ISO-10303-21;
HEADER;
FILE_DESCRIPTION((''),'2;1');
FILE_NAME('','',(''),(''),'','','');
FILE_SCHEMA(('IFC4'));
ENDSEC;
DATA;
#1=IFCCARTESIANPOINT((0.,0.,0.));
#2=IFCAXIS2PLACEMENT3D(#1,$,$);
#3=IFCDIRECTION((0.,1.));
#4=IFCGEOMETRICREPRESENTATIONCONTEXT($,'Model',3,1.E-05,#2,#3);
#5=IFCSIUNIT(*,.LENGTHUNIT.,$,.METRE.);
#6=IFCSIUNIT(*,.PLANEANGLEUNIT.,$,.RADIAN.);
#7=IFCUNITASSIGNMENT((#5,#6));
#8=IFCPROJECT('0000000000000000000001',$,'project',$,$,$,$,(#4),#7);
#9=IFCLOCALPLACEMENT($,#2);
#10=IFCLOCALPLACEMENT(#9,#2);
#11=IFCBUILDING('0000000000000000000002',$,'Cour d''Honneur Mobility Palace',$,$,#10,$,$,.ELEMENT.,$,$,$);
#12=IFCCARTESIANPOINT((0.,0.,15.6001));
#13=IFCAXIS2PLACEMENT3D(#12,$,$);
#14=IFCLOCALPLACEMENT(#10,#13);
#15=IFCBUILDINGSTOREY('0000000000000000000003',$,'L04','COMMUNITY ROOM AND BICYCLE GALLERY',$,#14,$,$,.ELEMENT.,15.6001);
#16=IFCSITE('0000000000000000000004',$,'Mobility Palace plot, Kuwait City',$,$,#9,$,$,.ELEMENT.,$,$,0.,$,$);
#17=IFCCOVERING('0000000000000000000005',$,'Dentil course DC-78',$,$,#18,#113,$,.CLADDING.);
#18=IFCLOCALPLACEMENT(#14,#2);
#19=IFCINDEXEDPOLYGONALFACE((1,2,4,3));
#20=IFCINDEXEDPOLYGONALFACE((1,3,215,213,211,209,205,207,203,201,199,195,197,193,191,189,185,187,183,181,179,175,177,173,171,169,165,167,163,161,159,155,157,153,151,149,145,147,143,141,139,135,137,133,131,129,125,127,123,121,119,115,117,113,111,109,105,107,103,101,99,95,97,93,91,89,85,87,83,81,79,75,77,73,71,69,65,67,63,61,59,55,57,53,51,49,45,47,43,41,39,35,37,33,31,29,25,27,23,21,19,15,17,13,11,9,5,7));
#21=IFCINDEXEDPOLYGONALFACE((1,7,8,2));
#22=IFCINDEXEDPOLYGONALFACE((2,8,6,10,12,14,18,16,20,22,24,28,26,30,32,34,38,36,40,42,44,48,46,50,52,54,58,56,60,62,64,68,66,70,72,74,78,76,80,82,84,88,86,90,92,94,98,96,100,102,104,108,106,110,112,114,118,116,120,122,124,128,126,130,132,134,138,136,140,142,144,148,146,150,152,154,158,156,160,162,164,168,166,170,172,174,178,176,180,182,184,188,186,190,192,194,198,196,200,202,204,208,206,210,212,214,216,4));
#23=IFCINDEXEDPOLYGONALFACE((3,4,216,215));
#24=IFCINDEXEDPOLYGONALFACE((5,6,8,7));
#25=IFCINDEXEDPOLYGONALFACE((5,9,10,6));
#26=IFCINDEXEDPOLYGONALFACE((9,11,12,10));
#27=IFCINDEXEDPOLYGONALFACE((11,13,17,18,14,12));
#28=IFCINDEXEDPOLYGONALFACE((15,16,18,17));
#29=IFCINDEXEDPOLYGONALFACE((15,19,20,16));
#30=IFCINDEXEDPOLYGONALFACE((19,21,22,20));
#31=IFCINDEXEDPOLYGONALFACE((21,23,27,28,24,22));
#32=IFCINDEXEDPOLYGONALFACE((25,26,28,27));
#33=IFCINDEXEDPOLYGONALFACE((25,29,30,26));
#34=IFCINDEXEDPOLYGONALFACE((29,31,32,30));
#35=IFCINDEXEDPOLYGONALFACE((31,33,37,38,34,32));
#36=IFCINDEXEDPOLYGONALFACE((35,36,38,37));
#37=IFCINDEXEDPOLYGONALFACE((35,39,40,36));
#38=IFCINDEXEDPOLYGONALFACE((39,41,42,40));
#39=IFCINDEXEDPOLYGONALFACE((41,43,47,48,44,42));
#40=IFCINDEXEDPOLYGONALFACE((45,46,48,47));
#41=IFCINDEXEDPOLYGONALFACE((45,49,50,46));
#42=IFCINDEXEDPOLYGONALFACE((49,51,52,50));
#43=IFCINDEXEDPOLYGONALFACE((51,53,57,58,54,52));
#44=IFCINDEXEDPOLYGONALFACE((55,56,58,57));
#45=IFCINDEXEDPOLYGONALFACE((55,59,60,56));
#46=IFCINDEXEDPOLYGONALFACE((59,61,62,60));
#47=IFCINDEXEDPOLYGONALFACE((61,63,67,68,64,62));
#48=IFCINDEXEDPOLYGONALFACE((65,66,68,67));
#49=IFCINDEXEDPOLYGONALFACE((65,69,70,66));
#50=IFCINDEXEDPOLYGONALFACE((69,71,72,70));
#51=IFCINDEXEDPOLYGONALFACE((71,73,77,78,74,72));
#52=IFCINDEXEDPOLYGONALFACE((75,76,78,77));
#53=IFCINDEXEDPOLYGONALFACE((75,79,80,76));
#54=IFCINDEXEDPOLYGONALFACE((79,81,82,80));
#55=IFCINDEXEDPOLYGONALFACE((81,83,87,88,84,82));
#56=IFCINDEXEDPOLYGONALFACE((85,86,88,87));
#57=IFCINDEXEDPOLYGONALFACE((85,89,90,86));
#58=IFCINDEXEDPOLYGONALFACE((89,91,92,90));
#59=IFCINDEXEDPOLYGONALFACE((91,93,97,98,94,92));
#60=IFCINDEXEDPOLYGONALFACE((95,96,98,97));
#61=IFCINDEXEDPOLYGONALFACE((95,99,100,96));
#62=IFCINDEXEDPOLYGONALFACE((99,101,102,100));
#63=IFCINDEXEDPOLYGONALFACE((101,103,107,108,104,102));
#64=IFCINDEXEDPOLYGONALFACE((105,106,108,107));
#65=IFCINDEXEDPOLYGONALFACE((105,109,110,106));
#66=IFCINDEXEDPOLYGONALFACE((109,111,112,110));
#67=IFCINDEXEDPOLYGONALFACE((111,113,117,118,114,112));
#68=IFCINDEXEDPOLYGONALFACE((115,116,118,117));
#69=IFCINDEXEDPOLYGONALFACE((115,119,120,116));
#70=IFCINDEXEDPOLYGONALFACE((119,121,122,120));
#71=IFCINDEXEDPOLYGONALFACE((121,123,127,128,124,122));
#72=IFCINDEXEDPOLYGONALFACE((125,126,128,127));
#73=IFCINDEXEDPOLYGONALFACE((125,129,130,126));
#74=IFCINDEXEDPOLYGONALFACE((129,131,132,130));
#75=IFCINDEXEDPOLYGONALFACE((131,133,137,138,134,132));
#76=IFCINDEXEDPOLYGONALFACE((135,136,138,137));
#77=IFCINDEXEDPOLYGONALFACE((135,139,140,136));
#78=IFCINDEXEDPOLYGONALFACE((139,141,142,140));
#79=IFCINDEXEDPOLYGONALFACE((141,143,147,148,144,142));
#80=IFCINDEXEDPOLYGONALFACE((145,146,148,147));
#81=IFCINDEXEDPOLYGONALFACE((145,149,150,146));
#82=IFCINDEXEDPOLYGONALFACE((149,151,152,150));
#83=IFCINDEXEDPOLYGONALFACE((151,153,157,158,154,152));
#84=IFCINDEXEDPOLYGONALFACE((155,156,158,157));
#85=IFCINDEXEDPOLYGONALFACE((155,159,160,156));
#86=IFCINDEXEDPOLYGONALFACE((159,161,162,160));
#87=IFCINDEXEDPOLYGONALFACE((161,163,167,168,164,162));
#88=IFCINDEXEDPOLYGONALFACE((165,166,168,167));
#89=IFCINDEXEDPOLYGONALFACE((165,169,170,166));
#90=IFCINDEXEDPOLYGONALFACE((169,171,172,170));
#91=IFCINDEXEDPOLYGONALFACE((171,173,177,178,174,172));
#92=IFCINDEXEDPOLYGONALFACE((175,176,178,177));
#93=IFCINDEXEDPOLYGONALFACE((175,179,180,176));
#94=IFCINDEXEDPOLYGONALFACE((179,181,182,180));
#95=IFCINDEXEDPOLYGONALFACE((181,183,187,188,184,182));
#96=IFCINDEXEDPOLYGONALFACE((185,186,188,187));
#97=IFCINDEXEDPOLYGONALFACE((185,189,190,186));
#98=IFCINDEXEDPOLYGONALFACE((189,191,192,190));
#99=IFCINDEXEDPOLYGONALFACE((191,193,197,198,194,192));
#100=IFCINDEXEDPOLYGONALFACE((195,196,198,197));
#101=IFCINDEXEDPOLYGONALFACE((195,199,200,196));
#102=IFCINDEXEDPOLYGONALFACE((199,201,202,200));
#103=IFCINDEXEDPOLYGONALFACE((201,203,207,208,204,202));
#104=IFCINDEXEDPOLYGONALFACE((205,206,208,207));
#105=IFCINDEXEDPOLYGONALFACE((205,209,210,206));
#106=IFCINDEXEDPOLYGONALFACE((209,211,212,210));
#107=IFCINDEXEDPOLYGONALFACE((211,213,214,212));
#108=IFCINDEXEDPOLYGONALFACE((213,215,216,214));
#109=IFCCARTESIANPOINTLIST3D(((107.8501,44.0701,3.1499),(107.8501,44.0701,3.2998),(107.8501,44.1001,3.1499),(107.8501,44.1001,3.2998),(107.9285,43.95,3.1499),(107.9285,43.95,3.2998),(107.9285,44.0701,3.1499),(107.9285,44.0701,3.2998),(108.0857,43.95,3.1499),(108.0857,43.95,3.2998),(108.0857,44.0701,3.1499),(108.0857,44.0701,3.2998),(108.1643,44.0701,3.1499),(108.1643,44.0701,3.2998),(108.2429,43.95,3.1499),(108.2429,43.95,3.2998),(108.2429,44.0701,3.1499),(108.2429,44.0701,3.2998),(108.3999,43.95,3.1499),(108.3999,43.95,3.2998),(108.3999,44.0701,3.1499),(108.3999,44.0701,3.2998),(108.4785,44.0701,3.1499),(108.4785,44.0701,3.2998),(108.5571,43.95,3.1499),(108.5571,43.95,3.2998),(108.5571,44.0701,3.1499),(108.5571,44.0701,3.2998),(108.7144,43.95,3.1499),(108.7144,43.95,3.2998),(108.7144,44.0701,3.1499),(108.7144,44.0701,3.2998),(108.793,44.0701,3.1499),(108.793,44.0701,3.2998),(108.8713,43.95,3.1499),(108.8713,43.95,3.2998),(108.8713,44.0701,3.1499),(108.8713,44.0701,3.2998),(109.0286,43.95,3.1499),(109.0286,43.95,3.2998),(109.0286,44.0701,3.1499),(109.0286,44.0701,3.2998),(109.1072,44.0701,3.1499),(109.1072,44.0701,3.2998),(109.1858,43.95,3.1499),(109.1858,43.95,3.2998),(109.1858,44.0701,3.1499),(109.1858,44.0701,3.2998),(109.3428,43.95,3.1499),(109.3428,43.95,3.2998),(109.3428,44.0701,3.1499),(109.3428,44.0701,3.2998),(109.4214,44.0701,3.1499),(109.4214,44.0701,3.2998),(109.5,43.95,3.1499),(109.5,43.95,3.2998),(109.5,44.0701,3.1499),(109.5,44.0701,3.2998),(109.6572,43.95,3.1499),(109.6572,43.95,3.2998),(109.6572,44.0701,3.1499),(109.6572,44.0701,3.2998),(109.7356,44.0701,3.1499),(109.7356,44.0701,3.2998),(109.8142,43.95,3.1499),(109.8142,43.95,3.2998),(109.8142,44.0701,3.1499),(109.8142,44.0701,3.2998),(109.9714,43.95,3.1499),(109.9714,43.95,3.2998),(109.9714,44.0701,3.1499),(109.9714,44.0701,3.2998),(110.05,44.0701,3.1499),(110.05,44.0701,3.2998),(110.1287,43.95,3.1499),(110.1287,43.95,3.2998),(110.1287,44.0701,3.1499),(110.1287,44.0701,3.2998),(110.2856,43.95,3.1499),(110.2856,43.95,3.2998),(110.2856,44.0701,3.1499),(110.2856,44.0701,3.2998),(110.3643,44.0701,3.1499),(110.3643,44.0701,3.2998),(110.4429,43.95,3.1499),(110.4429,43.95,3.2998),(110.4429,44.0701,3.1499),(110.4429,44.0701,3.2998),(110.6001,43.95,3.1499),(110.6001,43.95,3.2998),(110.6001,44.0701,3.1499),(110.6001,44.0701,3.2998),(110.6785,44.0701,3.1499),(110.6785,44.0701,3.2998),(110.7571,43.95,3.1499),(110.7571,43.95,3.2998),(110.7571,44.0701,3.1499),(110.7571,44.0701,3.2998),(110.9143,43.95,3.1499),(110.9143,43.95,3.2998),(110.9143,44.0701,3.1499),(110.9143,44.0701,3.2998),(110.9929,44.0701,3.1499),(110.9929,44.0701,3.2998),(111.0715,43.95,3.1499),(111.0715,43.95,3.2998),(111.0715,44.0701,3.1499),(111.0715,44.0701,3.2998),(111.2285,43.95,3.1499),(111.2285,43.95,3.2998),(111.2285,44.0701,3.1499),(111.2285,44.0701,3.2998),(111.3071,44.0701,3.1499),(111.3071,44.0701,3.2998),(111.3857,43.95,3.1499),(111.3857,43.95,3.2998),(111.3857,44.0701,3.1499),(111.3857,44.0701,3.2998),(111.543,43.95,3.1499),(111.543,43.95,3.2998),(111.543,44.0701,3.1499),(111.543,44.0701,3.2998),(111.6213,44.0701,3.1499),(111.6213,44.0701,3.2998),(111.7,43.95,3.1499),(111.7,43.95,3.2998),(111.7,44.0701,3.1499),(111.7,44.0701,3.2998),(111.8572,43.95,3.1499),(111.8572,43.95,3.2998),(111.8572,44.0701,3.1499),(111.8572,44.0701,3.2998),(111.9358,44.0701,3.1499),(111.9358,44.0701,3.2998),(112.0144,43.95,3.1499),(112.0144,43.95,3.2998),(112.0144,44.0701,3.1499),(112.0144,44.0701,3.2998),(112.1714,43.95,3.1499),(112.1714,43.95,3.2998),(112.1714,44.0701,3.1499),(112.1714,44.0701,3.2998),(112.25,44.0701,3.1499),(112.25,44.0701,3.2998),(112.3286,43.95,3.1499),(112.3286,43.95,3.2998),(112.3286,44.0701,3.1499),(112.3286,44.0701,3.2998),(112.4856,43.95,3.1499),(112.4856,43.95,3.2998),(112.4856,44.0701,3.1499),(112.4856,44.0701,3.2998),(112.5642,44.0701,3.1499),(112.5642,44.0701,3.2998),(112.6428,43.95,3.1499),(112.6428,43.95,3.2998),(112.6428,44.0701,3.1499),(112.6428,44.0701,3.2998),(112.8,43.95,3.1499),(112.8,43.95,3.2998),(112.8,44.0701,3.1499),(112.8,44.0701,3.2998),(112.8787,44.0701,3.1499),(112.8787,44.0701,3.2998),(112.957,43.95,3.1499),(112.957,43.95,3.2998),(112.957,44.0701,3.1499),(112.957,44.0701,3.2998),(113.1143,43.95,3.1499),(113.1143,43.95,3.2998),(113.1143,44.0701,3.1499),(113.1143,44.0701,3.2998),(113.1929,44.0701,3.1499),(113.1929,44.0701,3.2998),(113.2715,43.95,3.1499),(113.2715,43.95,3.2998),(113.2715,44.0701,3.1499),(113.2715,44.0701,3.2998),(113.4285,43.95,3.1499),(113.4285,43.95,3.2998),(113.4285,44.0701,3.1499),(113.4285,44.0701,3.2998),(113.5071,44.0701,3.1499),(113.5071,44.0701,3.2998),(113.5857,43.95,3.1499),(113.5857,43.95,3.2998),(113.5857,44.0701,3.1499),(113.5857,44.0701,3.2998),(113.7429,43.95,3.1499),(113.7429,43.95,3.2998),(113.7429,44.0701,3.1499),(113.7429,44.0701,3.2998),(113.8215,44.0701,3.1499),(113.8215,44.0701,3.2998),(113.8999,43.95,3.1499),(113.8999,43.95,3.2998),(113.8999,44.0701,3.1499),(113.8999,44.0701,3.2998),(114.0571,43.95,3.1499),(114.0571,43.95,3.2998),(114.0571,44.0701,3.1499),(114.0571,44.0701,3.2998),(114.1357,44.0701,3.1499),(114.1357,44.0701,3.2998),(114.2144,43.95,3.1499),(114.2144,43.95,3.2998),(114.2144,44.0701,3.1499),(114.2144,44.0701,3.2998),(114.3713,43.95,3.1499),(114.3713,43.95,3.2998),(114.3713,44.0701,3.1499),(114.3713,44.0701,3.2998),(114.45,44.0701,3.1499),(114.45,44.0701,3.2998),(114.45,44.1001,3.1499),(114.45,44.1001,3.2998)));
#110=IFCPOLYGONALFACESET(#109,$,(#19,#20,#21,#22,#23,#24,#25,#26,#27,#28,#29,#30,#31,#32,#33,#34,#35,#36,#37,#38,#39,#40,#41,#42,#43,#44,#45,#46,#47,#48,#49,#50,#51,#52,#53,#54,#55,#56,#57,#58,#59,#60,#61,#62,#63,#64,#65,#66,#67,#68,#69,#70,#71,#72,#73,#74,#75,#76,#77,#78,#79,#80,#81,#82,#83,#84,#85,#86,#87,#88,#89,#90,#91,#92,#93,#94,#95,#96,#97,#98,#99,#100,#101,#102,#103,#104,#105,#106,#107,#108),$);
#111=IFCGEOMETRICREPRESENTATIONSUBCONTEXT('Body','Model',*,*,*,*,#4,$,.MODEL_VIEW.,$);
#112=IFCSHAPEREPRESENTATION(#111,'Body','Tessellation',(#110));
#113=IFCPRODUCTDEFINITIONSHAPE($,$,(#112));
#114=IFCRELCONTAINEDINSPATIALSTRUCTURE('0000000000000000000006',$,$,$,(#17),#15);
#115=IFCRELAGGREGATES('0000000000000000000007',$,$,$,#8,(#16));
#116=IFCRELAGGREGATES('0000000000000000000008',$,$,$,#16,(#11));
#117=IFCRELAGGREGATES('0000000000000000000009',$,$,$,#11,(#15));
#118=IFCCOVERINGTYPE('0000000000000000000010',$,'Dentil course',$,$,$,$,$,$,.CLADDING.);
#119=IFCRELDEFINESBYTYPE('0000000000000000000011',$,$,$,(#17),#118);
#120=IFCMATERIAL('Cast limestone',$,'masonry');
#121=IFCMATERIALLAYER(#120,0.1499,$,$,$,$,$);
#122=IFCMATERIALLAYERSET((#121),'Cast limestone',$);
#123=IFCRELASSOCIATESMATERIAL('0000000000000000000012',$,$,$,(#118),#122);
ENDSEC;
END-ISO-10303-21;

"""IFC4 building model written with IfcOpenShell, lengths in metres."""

from ifc_helpers import new_model, si_unit, direction, frame, origin, place, context, subcontext, project, spatial, polyline, outline, extrude, material, layer, layer_set, type_object, element, save


model = new_model("IFC4")

# Units and contexts
model_context = context("Model", 3, precision=1e-05, world=origin(), true_north=direction((0.0, 1.0)))
body_context = subcontext(model_context, "Body", "Model", "MODEL_VIEW")
ifc_project = project(units=[si_unit("LENGTHUNIT", "METRE"), si_unit("PLANEANGLEUNIT", "RADIAN")], contexts=[model_context])

# Site, building, storey
site_placement = place(None, origin())
site = spatial("IfcSite", under=ifc_project, at=site_placement, Name="Mobility Palace plot, Kuwait City", CompositionType="ELEMENT", RefElevation=0.0)
building_placement = place(site_placement, origin())
building = spatial("IfcBuilding", under=site, at=building_placement, Name="Cour d'Honneur Mobility Palace", CompositionType="ELEMENT")
storey_placement = place(building_placement, frame((0.0, 0.0, 15.6001)))
storey = spatial("IfcBuildingStorey", under=building, at=storey_placement, Name="L04", Description="COMMUNITY ROOM AND BICYCLE GALLERY", CompositionType="ELEMENT", Elevation=15.6001)

# Covering
ifc_material_1 = material(Name="Cast limestone", Category="masonry")
ifc_layer_1 = layer(ifc_material_1, 0.1499)
ifc_layer_set_1 = layer_set([ifc_layer_1], Name="Cast limestone")
covering_type_1 = type_object("IfcCoveringType", Name="Dentil course", PredefinedType="CLADDING", material=ifc_layer_set_1)
covering_1_placement = place(storey_placement, frame((0.0, 0.0, 3.1499)))
element("IfcCovering", 1, at=covering_1_placement, inside=storey, type_object=covering_type_1, Name="Dentil course DC-78", PredefinedType="CLADDING", context=body_context, shape_type="SweptSolid", body=[
    extrude(outline(polyline([(107.8501, 44.1001), (114.45, 44.1001), (114.45, 44.0701), (114.45, 44.0701), (114.3713, 44.0701), (114.3713, 43.95), (114.2144, 43.95), (114.2144, 44.0701), (114.1357, 44.0701), (114.1357, 44.0701), (114.0571, 44.0701), (114.0571, 43.95), (113.8999, 43.95), (113.8999, 44.0701), (113.8215, 44.0701), (113.8215, 44.0701), (113.7429, 44.0701), (113.7429, 43.95), (113.5857, 43.95), (113.5857, 44.0701), (113.5071, 44.0701), (113.5071, 44.0701), (113.4285, 44.0701), (113.4285, 43.95), (113.2715, 43.95), (113.2715, 44.0701), (113.1929, 44.0701), (113.1929, 44.0701), (113.1143, 44.0701), (113.1143, 43.95), (112.957, 43.95), (112.957, 44.0701), (112.8787, 44.0701), (112.8787, 44.0701), (112.8, 44.0701), (112.8, 43.95), (112.6428, 43.95), (112.6428, 44.0701), (112.5642, 44.0701), (112.5642, 44.0701), (112.4856, 44.0701), (112.4856, 43.95), (112.3286, 43.95), (112.3286, 44.0701), (112.25, 44.0701), (112.25, 44.0701), (112.1714, 44.0701), (112.1714, 43.95), (112.0144, 43.95), (112.0144, 44.0701), (111.9358, 44.0701), (111.9358, 44.0701), (111.8572, 44.0701), (111.8572, 43.95), (111.7, 43.95), (111.7, 44.0701), (111.6213, 44.0701), (111.6213, 44.0701), (111.543, 44.0701), (111.543, 43.95), (111.3857, 43.95), (111.3857, 44.0701), (111.3071, 44.0701), (111.3071, 44.0701), (111.2285, 44.0701), (111.2285, 43.95), (111.0715, 43.95), (111.0715, 44.0701), (110.9929, 44.0701), (110.9929, 44.0701), (110.9143, 44.0701), (110.9143, 43.95), (110.7571, 43.95), (110.7571, 44.0701), (110.6785, 44.0701), (110.6785, 44.0701), (110.6001, 44.0701), (110.6001, 43.95), (110.4429, 43.95), (110.4429, 44.0701), (110.3643, 44.0701), (110.3643, 44.0701), (110.2856, 44.0701), (110.2856, 43.95), (110.1287, 43.95), (110.1287, 44.0701), (110.05, 44.0701), (110.05, 44.0701), (109.9714, 44.0701), (109.9714, 43.95), (109.8142, 43.95), (109.8142, 44.0701), (109.7356, 44.0701), (109.7356, 44.0701), (109.6572, 44.0701), (109.6572, 43.95), (109.5, 43.95), (109.5, 44.0701), (109.4214, 44.0701), (109.4214, 44.0701), (109.3428, 44.0701), (109.3428, 43.95), (109.1858, 43.95), (109.1858, 44.0701), (109.1072, 44.0701), (109.1072, 44.0701), (109.0286, 44.0701), (109.0286, 43.95), (108.8713, 43.95), (108.8713, 44.0701), (108.793, 44.0701), (108.793, 44.0701), (108.7144, 44.0701), (108.7144, 43.95), (108.5571, 43.95), (108.5571, 44.0701), (108.4785, 44.0701), (108.4785, 44.0701), (108.3999, 44.0701), (108.3999, 43.95), (108.2429, 43.95), (108.2429, 44.0701), (108.1643, 44.0701), (108.1643, 44.0701), (108.0857, 44.0701), (108.0857, 43.95), (107.9285, 43.95), (107.9285, 44.0701), (107.8501, 44.0701), (107.8501, 44.1001)])), origin(), (0.0, 0.0, 1.0), 0.1499),
])

save(model, "model.ifc")
